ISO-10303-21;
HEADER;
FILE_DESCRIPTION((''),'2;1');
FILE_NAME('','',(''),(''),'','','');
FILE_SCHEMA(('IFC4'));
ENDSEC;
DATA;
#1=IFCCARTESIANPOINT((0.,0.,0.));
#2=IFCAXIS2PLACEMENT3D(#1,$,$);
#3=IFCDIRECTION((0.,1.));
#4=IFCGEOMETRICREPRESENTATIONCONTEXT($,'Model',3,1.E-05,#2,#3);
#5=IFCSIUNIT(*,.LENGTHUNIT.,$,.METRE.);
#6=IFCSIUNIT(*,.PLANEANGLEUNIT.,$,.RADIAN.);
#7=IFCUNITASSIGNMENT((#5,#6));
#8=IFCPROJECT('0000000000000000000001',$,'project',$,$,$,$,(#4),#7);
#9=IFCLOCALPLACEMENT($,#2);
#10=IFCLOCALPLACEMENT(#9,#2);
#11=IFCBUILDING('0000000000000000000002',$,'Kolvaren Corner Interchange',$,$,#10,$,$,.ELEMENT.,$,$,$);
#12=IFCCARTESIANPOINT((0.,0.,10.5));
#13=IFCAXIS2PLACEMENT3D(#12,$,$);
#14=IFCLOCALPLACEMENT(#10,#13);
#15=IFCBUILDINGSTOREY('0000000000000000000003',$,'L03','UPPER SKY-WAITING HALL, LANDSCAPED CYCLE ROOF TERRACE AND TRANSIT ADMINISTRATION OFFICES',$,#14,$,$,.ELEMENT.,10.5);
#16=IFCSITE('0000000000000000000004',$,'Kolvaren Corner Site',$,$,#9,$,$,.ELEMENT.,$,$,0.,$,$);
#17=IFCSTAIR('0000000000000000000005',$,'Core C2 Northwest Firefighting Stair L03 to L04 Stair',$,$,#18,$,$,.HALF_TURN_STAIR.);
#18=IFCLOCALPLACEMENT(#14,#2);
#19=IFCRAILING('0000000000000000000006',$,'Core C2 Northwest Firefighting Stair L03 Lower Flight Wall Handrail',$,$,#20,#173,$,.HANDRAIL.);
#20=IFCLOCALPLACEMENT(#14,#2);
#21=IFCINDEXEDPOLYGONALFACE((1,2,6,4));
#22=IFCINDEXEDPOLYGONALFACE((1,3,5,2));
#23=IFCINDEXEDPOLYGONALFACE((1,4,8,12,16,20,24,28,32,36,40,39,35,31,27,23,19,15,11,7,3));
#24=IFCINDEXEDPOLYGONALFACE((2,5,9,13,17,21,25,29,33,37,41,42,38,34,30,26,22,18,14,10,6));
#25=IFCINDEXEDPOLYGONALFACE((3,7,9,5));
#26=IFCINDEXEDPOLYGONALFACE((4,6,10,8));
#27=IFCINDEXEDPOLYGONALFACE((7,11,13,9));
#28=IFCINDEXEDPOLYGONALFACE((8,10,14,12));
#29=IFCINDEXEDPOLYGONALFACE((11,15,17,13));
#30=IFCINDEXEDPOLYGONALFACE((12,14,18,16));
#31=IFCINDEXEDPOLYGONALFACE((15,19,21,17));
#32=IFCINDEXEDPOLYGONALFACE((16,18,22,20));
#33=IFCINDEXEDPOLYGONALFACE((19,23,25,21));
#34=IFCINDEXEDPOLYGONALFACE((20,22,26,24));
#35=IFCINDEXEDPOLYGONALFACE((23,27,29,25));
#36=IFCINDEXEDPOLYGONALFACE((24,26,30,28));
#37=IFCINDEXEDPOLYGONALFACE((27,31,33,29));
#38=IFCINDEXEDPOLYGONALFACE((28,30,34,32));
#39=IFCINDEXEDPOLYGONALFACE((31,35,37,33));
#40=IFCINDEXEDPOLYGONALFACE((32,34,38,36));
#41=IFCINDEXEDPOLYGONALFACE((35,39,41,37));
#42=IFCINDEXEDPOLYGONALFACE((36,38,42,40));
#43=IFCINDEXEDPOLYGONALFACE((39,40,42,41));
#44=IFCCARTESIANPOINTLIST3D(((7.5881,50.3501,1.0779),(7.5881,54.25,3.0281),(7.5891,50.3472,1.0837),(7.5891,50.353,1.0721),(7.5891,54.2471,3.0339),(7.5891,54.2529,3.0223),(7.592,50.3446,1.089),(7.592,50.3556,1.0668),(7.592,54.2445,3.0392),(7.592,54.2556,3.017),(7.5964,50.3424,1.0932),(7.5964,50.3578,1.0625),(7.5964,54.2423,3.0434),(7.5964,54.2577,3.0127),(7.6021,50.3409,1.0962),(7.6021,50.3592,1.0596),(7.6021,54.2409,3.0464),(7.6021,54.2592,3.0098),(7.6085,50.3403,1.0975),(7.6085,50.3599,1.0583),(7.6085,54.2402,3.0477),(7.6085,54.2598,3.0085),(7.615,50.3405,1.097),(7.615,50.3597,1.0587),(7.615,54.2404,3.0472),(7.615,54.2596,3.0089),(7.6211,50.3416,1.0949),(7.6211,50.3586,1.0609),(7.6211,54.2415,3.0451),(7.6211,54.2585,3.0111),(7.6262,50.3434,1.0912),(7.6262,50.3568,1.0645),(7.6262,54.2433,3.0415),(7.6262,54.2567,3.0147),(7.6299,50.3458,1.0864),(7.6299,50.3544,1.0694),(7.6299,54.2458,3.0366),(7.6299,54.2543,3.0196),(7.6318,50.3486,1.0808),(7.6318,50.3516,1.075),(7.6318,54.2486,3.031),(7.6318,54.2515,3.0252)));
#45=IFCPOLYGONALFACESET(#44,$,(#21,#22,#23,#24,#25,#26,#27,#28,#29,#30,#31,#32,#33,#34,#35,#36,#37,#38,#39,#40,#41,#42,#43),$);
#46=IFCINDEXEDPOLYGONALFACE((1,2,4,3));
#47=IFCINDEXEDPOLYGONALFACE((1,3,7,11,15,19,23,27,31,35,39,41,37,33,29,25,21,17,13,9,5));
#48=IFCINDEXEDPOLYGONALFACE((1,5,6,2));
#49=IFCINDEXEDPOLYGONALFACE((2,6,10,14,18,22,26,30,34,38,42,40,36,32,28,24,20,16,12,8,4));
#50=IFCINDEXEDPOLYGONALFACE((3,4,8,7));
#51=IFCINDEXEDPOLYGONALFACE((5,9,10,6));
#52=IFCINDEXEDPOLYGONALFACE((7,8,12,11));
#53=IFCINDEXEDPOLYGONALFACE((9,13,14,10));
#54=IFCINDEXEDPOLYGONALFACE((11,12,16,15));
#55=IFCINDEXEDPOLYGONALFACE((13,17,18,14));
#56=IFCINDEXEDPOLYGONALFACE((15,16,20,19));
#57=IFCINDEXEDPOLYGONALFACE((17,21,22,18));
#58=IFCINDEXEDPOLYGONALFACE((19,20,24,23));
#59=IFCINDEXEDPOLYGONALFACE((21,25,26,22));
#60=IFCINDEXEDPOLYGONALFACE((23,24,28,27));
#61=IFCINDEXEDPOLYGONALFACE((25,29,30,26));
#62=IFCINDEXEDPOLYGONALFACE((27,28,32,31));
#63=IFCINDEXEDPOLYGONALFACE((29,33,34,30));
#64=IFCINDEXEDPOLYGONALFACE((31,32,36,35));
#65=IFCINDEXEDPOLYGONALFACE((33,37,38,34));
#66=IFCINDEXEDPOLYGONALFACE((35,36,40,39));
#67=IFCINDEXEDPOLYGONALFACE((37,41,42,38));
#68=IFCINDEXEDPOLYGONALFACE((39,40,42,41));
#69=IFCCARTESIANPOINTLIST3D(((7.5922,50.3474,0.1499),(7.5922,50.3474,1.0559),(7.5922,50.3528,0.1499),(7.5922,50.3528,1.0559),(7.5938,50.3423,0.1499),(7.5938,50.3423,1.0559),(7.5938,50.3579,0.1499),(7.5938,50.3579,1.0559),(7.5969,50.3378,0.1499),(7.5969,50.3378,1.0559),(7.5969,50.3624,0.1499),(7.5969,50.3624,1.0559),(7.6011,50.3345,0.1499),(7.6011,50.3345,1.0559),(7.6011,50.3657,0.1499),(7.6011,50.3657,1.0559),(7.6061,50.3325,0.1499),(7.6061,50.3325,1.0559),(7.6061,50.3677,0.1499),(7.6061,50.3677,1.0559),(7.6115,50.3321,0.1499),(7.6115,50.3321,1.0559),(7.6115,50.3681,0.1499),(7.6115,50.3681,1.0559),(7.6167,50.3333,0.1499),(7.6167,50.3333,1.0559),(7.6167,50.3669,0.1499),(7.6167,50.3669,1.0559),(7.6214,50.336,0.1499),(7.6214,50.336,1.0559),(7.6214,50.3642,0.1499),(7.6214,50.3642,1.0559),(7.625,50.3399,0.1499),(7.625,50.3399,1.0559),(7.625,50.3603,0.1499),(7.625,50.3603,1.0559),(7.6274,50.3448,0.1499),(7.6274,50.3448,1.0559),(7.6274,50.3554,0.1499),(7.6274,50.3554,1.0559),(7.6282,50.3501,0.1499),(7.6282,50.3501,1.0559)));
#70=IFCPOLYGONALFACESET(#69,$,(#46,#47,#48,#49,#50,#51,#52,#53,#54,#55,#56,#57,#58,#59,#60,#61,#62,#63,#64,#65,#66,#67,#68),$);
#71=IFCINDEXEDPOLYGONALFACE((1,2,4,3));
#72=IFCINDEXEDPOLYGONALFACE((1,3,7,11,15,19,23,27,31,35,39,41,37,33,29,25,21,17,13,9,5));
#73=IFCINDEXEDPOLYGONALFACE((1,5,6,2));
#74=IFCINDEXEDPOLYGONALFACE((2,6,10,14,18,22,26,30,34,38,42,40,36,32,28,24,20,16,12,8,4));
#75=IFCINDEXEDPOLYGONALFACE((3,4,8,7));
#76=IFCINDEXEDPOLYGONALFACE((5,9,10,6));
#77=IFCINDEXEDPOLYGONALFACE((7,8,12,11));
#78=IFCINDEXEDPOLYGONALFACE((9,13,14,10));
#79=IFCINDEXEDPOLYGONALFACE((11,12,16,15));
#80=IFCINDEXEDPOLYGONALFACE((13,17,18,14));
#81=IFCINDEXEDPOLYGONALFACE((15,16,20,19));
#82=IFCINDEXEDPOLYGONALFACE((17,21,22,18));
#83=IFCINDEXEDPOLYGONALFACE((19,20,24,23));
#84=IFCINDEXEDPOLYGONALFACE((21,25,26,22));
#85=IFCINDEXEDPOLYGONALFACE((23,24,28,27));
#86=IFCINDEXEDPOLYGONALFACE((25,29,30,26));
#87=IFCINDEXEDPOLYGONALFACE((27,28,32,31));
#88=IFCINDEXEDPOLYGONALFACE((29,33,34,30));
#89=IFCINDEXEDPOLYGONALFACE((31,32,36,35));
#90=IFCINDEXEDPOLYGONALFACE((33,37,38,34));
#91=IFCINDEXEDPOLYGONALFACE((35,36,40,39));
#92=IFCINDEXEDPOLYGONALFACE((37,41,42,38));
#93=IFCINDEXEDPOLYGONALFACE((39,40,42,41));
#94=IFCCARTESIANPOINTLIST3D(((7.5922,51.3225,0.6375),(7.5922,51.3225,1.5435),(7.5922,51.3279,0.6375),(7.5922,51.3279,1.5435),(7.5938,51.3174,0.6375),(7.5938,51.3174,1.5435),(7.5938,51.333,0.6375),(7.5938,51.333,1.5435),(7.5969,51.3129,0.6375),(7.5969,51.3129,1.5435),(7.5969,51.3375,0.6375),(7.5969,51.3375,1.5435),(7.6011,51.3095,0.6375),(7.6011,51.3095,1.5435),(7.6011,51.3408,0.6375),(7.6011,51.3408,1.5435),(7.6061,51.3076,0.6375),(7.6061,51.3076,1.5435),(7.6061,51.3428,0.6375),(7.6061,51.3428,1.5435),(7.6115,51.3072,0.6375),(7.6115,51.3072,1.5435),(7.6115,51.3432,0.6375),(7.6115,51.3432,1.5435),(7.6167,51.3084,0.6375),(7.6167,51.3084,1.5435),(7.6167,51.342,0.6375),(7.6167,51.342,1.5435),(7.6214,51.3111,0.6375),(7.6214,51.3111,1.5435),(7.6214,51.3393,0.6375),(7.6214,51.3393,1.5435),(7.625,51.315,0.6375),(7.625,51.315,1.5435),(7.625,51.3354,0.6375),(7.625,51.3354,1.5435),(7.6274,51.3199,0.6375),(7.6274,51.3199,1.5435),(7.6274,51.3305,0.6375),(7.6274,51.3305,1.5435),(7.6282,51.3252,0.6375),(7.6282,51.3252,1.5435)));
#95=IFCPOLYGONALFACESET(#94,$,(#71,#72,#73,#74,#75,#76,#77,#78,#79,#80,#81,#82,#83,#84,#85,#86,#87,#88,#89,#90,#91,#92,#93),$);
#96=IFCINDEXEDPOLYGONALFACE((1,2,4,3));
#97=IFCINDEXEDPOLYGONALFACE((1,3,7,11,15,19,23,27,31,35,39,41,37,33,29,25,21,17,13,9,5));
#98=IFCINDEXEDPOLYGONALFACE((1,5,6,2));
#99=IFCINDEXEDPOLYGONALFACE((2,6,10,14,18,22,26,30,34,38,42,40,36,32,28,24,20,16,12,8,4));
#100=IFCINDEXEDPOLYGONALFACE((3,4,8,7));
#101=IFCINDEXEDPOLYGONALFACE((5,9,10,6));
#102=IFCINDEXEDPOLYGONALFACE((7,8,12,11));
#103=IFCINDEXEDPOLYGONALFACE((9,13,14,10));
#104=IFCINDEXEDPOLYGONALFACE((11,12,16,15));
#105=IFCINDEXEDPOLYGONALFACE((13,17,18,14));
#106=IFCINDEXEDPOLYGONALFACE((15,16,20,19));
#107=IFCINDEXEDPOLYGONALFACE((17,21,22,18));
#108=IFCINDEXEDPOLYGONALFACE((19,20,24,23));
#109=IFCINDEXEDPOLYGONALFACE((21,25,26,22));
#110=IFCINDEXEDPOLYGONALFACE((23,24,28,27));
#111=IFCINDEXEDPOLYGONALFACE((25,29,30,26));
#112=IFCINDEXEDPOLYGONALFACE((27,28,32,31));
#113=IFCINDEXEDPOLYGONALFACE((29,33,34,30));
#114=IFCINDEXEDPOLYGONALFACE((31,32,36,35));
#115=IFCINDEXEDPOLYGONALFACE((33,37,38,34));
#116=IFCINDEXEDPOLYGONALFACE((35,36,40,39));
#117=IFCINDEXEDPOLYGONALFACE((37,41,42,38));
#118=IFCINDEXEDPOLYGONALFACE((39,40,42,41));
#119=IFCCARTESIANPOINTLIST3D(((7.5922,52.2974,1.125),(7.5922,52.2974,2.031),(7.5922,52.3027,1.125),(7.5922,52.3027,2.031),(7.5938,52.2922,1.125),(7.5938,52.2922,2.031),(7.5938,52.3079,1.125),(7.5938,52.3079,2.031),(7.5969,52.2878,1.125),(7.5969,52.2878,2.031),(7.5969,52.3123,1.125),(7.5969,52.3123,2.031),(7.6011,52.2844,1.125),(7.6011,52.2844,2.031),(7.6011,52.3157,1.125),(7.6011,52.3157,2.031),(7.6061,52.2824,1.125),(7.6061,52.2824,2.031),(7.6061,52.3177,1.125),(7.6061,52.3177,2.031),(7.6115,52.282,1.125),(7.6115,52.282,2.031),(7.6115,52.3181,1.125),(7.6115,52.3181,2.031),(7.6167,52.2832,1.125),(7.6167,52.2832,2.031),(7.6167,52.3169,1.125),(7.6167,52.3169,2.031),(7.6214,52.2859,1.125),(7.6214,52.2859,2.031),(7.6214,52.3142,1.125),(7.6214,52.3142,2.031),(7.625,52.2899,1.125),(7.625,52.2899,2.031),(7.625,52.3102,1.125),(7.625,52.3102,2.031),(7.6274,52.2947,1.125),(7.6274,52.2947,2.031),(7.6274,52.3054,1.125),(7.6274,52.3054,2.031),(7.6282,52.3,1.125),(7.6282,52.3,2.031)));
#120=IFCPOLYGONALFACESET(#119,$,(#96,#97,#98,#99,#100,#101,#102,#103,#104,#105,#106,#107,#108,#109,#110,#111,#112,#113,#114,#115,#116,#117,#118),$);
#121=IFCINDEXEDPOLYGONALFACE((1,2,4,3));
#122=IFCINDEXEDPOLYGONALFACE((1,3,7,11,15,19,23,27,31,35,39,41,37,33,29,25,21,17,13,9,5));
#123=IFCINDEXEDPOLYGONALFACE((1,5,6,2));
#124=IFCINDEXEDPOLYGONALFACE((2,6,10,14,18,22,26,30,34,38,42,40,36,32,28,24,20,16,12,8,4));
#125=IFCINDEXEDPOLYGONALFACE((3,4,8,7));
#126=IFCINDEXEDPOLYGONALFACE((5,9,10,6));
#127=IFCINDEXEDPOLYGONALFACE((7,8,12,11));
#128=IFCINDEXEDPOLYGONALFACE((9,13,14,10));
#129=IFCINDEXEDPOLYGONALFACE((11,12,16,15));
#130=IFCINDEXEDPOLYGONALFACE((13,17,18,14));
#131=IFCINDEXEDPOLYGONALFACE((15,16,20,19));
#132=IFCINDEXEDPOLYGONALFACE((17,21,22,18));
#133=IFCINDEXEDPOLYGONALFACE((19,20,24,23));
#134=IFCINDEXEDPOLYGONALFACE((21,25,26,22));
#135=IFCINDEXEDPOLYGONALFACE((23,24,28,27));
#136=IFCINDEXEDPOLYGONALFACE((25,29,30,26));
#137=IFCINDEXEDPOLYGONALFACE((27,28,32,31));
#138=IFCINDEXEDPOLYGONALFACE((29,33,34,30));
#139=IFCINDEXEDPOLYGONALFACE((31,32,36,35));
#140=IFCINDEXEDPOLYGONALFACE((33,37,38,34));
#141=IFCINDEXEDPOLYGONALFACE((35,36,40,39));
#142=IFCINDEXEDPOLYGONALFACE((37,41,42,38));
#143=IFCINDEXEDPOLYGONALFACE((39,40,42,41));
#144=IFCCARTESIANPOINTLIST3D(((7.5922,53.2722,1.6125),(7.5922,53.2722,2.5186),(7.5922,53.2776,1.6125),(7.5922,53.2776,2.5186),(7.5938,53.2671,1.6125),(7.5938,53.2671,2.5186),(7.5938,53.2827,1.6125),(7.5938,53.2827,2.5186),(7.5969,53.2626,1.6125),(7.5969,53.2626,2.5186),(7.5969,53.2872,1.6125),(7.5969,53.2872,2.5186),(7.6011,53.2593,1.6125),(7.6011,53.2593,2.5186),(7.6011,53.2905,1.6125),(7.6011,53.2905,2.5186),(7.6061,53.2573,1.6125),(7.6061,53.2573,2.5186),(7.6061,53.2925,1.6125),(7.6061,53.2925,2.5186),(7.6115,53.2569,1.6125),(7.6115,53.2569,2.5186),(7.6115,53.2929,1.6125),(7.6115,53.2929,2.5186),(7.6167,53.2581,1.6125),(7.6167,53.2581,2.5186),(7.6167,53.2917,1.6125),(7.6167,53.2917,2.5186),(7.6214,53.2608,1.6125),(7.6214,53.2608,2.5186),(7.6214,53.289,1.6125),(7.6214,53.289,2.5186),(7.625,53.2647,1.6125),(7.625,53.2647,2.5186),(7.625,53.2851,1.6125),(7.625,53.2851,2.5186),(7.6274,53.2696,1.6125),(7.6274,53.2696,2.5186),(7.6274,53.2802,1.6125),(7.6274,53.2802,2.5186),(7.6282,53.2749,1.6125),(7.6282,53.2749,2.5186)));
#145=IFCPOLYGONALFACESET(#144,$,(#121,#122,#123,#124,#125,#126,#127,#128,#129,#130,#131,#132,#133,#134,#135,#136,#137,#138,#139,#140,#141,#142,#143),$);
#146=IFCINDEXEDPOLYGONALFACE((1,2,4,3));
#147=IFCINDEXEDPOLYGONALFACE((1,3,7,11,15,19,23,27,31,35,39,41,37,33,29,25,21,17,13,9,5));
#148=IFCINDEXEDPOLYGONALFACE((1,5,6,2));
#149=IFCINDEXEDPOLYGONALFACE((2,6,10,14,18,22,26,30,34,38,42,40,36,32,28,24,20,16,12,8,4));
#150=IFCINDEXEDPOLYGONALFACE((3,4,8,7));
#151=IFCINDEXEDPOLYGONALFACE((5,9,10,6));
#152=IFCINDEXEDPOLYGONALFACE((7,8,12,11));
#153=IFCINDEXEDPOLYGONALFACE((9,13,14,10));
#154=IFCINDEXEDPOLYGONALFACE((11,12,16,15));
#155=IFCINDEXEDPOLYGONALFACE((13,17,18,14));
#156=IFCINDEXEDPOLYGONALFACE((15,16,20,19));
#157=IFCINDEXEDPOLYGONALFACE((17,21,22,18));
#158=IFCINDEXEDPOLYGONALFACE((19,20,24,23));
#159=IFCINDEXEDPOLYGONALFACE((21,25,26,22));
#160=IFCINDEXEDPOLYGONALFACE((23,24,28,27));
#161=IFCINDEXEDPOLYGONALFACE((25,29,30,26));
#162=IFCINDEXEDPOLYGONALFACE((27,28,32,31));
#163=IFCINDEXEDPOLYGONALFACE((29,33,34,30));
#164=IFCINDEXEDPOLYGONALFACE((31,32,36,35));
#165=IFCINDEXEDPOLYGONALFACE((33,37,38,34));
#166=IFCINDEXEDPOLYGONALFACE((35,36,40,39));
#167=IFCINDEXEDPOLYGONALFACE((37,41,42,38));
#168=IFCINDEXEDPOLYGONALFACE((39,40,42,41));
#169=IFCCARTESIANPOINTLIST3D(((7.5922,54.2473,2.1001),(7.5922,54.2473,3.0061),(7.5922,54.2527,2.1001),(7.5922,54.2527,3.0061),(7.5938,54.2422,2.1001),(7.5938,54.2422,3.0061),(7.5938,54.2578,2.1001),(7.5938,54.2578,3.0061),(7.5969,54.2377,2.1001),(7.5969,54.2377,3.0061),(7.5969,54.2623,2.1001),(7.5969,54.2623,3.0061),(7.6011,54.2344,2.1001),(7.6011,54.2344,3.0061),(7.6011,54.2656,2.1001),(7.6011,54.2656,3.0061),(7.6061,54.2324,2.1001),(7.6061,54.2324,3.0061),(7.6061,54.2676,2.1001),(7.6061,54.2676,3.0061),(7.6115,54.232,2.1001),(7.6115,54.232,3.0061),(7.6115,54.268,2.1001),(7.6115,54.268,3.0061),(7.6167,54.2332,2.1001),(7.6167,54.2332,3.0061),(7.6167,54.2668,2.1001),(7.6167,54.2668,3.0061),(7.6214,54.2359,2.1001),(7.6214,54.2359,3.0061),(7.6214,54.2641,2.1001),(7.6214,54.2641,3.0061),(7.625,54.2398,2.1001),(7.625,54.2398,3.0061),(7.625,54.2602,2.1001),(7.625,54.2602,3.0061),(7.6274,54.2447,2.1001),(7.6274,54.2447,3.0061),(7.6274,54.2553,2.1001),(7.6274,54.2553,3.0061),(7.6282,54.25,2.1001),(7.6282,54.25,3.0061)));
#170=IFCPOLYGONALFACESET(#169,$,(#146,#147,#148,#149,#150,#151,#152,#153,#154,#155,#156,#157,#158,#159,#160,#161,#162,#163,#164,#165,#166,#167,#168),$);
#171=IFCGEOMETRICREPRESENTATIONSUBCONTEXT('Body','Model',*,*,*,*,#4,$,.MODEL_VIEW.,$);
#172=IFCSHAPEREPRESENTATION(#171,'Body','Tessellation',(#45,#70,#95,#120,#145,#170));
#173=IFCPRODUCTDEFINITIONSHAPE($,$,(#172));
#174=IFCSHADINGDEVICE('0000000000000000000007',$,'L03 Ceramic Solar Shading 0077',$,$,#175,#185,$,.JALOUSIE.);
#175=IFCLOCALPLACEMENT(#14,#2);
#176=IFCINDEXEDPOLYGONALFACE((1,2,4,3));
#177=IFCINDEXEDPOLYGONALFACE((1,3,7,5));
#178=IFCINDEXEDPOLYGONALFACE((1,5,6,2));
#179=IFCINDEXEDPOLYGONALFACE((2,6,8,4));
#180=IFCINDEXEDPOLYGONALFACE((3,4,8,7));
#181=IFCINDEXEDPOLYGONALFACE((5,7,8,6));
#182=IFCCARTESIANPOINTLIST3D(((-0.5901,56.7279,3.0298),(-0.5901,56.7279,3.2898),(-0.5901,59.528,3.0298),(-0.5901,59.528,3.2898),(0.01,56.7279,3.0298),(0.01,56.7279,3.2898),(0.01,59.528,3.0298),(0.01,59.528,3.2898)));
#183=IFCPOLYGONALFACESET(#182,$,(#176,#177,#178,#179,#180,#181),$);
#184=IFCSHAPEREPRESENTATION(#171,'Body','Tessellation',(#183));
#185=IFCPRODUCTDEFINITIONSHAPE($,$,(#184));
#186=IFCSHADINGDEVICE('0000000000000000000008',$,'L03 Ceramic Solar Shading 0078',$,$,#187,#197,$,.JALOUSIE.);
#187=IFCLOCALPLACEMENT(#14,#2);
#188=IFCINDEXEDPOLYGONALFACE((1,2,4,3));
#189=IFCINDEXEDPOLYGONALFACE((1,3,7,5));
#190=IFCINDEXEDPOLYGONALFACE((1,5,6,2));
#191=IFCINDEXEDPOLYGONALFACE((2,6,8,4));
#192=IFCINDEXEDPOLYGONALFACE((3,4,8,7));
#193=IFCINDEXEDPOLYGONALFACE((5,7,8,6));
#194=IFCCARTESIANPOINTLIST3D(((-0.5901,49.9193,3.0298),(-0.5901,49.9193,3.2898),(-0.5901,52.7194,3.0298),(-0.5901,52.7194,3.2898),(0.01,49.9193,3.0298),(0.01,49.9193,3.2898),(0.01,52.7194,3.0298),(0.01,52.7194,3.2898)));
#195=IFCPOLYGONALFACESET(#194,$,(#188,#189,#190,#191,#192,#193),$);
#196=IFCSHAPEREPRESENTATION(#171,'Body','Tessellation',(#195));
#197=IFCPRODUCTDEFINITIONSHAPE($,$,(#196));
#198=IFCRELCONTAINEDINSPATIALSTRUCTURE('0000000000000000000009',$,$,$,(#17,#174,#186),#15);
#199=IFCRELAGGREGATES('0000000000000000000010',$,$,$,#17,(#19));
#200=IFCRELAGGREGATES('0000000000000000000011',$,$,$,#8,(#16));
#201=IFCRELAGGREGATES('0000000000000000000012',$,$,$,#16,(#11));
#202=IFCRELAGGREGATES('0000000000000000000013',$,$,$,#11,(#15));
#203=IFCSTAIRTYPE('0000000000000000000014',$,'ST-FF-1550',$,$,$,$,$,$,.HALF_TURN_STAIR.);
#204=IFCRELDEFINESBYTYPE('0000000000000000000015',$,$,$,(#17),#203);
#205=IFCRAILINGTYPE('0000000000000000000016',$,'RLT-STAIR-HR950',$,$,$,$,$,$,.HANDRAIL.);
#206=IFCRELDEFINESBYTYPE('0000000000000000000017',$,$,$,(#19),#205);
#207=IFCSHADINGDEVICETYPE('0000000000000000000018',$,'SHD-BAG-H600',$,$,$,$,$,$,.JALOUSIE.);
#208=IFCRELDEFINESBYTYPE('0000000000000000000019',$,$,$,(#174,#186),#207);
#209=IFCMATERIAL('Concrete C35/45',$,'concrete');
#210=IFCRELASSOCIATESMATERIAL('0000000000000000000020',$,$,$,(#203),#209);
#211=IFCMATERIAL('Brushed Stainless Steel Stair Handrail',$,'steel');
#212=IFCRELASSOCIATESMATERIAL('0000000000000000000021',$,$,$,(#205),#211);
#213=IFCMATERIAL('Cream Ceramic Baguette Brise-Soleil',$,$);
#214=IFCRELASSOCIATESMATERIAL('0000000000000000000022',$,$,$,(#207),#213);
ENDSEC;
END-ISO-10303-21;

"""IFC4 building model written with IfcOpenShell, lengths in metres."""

from ifc_helpers import new_model, si_unit, direction, frame, origin, origin_2d, place, context, subcontext, project, spatial, rectangle, circle, extrude, material, type_object, element, aggregate, save


model = new_model("IFC4")

# Units and contexts
model_context = context("Model", 3, precision=1e-05, world=origin(), true_north=direction((0.0, 1.0)))
body_context = subcontext(model_context, "Body", "Model", "MODEL_VIEW")
ifc_project = project(units=[si_unit("LENGTHUNIT", "METRE"), si_unit("PLANEANGLEUNIT", "RADIAN")], contexts=[model_context])

# Site, building, storey
site_placement = place(None, origin())
site = spatial("IfcSite", under=ifc_project, at=site_placement, Name="Kolvaren Corner Site", CompositionType="ELEMENT", RefElevation=0.0)
building_placement = place(site_placement, origin())
building = spatial("IfcBuilding", under=site, at=building_placement, Name="Kolvaren Corner Interchange", CompositionType="ELEMENT")
storey_placement = place(building_placement, frame((0.0, 0.0, 10.5)))
storey = spatial("IfcBuildingStorey", under=building, at=storey_placement, Name="L03", Description="UPPER SKY-WAITING HALL, LANDSCAPED CYCLE ROOF TERRACE AND TRANSIT ADMINISTRATION OFFICES", CompositionType="ELEMENT", Elevation=10.5)

# Stair
ifc_material_1 = material(Name="Concrete C35/45", Category="concrete")
stair_type = type_object("IfcStairType", Name="ST-FF-1550", PredefinedType="HALF_TURN_STAIR", material=ifc_material_1)
stair_placement = place(storey_placement, origin())
stair = element("IfcStair", 1, at=stair_placement, inside=storey, type_object=stair_type, Name="Core C2 Northwest Firefighting Stair L03 to L04 Stair", PredefinedType="HALF_TURN_STAIR")

# Railing
ifc_material_2 = material(Name="Brushed Stainless Steel Stair Handrail", Category="steel")
railing_type_1 = type_object("IfcRailingType", Name="RLT-STAIR-HR950", PredefinedType="HANDRAIL", material=ifc_material_2)
railing_1_placement = place(storey_placement, frame((7.6101, 50.3501, 0.1499)))
railing_1 = element("IfcRailing", 2, at=railing_1_placement, type_object=railing_type_1, Name="Core C2 Northwest Firefighting Stair L03 Lower Flight Wall Handrail", PredefinedType="HANDRAIL", context=body_context, shape_type="SweptSolid", body=[
    extrude(circle(Radius=0.022, at=origin_2d()), frame((0.0, 0.0, 0.928), z_axis=(0.0, 0.894405, 0.447258), x_axis=(-1.0, 0.0, 0.0)), (0.0, 0.0, 1.0), 4.3604),
    extrude(circle(Radius=0.0181, at=origin_2d()), origin(), (0.0, 0.0, 1.0), 0.906),
    extrude(circle(Radius=0.0181, at=origin_2d()), frame((0.0, 0.9751, 0.4875)), (0.0, 0.0, 1.0), 0.906),
    extrude(circle(Radius=0.0181, at=origin_2d()), frame((0.0, 1.95, 0.9751)), (0.0, 0.0, 1.0), 0.906),
    extrude(circle(Radius=0.0181, at=origin_2d()), frame((0.0, 2.9248, 1.4626)), (0.0, 0.0, 1.0), 0.906),
    extrude(circle(Radius=0.0181, at=origin_2d()), frame((0.0, 3.8999, 1.9502)), (0.0, 0.0, 1.0), 0.906),
])
aggregate(stair, [railing_1])

# Shading devices
ifc_material_3 = material(Name="Cream Ceramic Baguette Brise-Soleil")
shading_device_type = type_object("IfcShadingDeviceType", Name="SHD-BAG-H600", PredefinedType="JALOUSIE", material=ifc_material_3)
for number, where, z_axis, x_axis, name in (
    (3, (-0.29, 58.1279, 3.0298), (0.0, 0.0, 1.0), (0.0, -1.0, 0.0), "L03 Ceramic Solar Shading 0077"),
    (4, (-0.29, 51.3193, 3.0298), (0.0, 0.0, 1.0), (0.0, -1.0, 0.0), "L03 Ceramic Solar Shading 0078"),
):
    element("IfcShadingDevice", number, at=place(storey_placement, frame(where, z_axis=z_axis, x_axis=x_axis)), inside=storey, type_object=shading_device_type, Name=name, PredefinedType="JALOUSIE", context=body_context, shape_type="SweptSolid", body=[
        extrude(rectangle(XDim=2.8, YDim=0.6001, at=origin_2d()), origin(), (0.0, 0.0, 1.0), 0.26),
    ])

save(model, "model.ifc")
